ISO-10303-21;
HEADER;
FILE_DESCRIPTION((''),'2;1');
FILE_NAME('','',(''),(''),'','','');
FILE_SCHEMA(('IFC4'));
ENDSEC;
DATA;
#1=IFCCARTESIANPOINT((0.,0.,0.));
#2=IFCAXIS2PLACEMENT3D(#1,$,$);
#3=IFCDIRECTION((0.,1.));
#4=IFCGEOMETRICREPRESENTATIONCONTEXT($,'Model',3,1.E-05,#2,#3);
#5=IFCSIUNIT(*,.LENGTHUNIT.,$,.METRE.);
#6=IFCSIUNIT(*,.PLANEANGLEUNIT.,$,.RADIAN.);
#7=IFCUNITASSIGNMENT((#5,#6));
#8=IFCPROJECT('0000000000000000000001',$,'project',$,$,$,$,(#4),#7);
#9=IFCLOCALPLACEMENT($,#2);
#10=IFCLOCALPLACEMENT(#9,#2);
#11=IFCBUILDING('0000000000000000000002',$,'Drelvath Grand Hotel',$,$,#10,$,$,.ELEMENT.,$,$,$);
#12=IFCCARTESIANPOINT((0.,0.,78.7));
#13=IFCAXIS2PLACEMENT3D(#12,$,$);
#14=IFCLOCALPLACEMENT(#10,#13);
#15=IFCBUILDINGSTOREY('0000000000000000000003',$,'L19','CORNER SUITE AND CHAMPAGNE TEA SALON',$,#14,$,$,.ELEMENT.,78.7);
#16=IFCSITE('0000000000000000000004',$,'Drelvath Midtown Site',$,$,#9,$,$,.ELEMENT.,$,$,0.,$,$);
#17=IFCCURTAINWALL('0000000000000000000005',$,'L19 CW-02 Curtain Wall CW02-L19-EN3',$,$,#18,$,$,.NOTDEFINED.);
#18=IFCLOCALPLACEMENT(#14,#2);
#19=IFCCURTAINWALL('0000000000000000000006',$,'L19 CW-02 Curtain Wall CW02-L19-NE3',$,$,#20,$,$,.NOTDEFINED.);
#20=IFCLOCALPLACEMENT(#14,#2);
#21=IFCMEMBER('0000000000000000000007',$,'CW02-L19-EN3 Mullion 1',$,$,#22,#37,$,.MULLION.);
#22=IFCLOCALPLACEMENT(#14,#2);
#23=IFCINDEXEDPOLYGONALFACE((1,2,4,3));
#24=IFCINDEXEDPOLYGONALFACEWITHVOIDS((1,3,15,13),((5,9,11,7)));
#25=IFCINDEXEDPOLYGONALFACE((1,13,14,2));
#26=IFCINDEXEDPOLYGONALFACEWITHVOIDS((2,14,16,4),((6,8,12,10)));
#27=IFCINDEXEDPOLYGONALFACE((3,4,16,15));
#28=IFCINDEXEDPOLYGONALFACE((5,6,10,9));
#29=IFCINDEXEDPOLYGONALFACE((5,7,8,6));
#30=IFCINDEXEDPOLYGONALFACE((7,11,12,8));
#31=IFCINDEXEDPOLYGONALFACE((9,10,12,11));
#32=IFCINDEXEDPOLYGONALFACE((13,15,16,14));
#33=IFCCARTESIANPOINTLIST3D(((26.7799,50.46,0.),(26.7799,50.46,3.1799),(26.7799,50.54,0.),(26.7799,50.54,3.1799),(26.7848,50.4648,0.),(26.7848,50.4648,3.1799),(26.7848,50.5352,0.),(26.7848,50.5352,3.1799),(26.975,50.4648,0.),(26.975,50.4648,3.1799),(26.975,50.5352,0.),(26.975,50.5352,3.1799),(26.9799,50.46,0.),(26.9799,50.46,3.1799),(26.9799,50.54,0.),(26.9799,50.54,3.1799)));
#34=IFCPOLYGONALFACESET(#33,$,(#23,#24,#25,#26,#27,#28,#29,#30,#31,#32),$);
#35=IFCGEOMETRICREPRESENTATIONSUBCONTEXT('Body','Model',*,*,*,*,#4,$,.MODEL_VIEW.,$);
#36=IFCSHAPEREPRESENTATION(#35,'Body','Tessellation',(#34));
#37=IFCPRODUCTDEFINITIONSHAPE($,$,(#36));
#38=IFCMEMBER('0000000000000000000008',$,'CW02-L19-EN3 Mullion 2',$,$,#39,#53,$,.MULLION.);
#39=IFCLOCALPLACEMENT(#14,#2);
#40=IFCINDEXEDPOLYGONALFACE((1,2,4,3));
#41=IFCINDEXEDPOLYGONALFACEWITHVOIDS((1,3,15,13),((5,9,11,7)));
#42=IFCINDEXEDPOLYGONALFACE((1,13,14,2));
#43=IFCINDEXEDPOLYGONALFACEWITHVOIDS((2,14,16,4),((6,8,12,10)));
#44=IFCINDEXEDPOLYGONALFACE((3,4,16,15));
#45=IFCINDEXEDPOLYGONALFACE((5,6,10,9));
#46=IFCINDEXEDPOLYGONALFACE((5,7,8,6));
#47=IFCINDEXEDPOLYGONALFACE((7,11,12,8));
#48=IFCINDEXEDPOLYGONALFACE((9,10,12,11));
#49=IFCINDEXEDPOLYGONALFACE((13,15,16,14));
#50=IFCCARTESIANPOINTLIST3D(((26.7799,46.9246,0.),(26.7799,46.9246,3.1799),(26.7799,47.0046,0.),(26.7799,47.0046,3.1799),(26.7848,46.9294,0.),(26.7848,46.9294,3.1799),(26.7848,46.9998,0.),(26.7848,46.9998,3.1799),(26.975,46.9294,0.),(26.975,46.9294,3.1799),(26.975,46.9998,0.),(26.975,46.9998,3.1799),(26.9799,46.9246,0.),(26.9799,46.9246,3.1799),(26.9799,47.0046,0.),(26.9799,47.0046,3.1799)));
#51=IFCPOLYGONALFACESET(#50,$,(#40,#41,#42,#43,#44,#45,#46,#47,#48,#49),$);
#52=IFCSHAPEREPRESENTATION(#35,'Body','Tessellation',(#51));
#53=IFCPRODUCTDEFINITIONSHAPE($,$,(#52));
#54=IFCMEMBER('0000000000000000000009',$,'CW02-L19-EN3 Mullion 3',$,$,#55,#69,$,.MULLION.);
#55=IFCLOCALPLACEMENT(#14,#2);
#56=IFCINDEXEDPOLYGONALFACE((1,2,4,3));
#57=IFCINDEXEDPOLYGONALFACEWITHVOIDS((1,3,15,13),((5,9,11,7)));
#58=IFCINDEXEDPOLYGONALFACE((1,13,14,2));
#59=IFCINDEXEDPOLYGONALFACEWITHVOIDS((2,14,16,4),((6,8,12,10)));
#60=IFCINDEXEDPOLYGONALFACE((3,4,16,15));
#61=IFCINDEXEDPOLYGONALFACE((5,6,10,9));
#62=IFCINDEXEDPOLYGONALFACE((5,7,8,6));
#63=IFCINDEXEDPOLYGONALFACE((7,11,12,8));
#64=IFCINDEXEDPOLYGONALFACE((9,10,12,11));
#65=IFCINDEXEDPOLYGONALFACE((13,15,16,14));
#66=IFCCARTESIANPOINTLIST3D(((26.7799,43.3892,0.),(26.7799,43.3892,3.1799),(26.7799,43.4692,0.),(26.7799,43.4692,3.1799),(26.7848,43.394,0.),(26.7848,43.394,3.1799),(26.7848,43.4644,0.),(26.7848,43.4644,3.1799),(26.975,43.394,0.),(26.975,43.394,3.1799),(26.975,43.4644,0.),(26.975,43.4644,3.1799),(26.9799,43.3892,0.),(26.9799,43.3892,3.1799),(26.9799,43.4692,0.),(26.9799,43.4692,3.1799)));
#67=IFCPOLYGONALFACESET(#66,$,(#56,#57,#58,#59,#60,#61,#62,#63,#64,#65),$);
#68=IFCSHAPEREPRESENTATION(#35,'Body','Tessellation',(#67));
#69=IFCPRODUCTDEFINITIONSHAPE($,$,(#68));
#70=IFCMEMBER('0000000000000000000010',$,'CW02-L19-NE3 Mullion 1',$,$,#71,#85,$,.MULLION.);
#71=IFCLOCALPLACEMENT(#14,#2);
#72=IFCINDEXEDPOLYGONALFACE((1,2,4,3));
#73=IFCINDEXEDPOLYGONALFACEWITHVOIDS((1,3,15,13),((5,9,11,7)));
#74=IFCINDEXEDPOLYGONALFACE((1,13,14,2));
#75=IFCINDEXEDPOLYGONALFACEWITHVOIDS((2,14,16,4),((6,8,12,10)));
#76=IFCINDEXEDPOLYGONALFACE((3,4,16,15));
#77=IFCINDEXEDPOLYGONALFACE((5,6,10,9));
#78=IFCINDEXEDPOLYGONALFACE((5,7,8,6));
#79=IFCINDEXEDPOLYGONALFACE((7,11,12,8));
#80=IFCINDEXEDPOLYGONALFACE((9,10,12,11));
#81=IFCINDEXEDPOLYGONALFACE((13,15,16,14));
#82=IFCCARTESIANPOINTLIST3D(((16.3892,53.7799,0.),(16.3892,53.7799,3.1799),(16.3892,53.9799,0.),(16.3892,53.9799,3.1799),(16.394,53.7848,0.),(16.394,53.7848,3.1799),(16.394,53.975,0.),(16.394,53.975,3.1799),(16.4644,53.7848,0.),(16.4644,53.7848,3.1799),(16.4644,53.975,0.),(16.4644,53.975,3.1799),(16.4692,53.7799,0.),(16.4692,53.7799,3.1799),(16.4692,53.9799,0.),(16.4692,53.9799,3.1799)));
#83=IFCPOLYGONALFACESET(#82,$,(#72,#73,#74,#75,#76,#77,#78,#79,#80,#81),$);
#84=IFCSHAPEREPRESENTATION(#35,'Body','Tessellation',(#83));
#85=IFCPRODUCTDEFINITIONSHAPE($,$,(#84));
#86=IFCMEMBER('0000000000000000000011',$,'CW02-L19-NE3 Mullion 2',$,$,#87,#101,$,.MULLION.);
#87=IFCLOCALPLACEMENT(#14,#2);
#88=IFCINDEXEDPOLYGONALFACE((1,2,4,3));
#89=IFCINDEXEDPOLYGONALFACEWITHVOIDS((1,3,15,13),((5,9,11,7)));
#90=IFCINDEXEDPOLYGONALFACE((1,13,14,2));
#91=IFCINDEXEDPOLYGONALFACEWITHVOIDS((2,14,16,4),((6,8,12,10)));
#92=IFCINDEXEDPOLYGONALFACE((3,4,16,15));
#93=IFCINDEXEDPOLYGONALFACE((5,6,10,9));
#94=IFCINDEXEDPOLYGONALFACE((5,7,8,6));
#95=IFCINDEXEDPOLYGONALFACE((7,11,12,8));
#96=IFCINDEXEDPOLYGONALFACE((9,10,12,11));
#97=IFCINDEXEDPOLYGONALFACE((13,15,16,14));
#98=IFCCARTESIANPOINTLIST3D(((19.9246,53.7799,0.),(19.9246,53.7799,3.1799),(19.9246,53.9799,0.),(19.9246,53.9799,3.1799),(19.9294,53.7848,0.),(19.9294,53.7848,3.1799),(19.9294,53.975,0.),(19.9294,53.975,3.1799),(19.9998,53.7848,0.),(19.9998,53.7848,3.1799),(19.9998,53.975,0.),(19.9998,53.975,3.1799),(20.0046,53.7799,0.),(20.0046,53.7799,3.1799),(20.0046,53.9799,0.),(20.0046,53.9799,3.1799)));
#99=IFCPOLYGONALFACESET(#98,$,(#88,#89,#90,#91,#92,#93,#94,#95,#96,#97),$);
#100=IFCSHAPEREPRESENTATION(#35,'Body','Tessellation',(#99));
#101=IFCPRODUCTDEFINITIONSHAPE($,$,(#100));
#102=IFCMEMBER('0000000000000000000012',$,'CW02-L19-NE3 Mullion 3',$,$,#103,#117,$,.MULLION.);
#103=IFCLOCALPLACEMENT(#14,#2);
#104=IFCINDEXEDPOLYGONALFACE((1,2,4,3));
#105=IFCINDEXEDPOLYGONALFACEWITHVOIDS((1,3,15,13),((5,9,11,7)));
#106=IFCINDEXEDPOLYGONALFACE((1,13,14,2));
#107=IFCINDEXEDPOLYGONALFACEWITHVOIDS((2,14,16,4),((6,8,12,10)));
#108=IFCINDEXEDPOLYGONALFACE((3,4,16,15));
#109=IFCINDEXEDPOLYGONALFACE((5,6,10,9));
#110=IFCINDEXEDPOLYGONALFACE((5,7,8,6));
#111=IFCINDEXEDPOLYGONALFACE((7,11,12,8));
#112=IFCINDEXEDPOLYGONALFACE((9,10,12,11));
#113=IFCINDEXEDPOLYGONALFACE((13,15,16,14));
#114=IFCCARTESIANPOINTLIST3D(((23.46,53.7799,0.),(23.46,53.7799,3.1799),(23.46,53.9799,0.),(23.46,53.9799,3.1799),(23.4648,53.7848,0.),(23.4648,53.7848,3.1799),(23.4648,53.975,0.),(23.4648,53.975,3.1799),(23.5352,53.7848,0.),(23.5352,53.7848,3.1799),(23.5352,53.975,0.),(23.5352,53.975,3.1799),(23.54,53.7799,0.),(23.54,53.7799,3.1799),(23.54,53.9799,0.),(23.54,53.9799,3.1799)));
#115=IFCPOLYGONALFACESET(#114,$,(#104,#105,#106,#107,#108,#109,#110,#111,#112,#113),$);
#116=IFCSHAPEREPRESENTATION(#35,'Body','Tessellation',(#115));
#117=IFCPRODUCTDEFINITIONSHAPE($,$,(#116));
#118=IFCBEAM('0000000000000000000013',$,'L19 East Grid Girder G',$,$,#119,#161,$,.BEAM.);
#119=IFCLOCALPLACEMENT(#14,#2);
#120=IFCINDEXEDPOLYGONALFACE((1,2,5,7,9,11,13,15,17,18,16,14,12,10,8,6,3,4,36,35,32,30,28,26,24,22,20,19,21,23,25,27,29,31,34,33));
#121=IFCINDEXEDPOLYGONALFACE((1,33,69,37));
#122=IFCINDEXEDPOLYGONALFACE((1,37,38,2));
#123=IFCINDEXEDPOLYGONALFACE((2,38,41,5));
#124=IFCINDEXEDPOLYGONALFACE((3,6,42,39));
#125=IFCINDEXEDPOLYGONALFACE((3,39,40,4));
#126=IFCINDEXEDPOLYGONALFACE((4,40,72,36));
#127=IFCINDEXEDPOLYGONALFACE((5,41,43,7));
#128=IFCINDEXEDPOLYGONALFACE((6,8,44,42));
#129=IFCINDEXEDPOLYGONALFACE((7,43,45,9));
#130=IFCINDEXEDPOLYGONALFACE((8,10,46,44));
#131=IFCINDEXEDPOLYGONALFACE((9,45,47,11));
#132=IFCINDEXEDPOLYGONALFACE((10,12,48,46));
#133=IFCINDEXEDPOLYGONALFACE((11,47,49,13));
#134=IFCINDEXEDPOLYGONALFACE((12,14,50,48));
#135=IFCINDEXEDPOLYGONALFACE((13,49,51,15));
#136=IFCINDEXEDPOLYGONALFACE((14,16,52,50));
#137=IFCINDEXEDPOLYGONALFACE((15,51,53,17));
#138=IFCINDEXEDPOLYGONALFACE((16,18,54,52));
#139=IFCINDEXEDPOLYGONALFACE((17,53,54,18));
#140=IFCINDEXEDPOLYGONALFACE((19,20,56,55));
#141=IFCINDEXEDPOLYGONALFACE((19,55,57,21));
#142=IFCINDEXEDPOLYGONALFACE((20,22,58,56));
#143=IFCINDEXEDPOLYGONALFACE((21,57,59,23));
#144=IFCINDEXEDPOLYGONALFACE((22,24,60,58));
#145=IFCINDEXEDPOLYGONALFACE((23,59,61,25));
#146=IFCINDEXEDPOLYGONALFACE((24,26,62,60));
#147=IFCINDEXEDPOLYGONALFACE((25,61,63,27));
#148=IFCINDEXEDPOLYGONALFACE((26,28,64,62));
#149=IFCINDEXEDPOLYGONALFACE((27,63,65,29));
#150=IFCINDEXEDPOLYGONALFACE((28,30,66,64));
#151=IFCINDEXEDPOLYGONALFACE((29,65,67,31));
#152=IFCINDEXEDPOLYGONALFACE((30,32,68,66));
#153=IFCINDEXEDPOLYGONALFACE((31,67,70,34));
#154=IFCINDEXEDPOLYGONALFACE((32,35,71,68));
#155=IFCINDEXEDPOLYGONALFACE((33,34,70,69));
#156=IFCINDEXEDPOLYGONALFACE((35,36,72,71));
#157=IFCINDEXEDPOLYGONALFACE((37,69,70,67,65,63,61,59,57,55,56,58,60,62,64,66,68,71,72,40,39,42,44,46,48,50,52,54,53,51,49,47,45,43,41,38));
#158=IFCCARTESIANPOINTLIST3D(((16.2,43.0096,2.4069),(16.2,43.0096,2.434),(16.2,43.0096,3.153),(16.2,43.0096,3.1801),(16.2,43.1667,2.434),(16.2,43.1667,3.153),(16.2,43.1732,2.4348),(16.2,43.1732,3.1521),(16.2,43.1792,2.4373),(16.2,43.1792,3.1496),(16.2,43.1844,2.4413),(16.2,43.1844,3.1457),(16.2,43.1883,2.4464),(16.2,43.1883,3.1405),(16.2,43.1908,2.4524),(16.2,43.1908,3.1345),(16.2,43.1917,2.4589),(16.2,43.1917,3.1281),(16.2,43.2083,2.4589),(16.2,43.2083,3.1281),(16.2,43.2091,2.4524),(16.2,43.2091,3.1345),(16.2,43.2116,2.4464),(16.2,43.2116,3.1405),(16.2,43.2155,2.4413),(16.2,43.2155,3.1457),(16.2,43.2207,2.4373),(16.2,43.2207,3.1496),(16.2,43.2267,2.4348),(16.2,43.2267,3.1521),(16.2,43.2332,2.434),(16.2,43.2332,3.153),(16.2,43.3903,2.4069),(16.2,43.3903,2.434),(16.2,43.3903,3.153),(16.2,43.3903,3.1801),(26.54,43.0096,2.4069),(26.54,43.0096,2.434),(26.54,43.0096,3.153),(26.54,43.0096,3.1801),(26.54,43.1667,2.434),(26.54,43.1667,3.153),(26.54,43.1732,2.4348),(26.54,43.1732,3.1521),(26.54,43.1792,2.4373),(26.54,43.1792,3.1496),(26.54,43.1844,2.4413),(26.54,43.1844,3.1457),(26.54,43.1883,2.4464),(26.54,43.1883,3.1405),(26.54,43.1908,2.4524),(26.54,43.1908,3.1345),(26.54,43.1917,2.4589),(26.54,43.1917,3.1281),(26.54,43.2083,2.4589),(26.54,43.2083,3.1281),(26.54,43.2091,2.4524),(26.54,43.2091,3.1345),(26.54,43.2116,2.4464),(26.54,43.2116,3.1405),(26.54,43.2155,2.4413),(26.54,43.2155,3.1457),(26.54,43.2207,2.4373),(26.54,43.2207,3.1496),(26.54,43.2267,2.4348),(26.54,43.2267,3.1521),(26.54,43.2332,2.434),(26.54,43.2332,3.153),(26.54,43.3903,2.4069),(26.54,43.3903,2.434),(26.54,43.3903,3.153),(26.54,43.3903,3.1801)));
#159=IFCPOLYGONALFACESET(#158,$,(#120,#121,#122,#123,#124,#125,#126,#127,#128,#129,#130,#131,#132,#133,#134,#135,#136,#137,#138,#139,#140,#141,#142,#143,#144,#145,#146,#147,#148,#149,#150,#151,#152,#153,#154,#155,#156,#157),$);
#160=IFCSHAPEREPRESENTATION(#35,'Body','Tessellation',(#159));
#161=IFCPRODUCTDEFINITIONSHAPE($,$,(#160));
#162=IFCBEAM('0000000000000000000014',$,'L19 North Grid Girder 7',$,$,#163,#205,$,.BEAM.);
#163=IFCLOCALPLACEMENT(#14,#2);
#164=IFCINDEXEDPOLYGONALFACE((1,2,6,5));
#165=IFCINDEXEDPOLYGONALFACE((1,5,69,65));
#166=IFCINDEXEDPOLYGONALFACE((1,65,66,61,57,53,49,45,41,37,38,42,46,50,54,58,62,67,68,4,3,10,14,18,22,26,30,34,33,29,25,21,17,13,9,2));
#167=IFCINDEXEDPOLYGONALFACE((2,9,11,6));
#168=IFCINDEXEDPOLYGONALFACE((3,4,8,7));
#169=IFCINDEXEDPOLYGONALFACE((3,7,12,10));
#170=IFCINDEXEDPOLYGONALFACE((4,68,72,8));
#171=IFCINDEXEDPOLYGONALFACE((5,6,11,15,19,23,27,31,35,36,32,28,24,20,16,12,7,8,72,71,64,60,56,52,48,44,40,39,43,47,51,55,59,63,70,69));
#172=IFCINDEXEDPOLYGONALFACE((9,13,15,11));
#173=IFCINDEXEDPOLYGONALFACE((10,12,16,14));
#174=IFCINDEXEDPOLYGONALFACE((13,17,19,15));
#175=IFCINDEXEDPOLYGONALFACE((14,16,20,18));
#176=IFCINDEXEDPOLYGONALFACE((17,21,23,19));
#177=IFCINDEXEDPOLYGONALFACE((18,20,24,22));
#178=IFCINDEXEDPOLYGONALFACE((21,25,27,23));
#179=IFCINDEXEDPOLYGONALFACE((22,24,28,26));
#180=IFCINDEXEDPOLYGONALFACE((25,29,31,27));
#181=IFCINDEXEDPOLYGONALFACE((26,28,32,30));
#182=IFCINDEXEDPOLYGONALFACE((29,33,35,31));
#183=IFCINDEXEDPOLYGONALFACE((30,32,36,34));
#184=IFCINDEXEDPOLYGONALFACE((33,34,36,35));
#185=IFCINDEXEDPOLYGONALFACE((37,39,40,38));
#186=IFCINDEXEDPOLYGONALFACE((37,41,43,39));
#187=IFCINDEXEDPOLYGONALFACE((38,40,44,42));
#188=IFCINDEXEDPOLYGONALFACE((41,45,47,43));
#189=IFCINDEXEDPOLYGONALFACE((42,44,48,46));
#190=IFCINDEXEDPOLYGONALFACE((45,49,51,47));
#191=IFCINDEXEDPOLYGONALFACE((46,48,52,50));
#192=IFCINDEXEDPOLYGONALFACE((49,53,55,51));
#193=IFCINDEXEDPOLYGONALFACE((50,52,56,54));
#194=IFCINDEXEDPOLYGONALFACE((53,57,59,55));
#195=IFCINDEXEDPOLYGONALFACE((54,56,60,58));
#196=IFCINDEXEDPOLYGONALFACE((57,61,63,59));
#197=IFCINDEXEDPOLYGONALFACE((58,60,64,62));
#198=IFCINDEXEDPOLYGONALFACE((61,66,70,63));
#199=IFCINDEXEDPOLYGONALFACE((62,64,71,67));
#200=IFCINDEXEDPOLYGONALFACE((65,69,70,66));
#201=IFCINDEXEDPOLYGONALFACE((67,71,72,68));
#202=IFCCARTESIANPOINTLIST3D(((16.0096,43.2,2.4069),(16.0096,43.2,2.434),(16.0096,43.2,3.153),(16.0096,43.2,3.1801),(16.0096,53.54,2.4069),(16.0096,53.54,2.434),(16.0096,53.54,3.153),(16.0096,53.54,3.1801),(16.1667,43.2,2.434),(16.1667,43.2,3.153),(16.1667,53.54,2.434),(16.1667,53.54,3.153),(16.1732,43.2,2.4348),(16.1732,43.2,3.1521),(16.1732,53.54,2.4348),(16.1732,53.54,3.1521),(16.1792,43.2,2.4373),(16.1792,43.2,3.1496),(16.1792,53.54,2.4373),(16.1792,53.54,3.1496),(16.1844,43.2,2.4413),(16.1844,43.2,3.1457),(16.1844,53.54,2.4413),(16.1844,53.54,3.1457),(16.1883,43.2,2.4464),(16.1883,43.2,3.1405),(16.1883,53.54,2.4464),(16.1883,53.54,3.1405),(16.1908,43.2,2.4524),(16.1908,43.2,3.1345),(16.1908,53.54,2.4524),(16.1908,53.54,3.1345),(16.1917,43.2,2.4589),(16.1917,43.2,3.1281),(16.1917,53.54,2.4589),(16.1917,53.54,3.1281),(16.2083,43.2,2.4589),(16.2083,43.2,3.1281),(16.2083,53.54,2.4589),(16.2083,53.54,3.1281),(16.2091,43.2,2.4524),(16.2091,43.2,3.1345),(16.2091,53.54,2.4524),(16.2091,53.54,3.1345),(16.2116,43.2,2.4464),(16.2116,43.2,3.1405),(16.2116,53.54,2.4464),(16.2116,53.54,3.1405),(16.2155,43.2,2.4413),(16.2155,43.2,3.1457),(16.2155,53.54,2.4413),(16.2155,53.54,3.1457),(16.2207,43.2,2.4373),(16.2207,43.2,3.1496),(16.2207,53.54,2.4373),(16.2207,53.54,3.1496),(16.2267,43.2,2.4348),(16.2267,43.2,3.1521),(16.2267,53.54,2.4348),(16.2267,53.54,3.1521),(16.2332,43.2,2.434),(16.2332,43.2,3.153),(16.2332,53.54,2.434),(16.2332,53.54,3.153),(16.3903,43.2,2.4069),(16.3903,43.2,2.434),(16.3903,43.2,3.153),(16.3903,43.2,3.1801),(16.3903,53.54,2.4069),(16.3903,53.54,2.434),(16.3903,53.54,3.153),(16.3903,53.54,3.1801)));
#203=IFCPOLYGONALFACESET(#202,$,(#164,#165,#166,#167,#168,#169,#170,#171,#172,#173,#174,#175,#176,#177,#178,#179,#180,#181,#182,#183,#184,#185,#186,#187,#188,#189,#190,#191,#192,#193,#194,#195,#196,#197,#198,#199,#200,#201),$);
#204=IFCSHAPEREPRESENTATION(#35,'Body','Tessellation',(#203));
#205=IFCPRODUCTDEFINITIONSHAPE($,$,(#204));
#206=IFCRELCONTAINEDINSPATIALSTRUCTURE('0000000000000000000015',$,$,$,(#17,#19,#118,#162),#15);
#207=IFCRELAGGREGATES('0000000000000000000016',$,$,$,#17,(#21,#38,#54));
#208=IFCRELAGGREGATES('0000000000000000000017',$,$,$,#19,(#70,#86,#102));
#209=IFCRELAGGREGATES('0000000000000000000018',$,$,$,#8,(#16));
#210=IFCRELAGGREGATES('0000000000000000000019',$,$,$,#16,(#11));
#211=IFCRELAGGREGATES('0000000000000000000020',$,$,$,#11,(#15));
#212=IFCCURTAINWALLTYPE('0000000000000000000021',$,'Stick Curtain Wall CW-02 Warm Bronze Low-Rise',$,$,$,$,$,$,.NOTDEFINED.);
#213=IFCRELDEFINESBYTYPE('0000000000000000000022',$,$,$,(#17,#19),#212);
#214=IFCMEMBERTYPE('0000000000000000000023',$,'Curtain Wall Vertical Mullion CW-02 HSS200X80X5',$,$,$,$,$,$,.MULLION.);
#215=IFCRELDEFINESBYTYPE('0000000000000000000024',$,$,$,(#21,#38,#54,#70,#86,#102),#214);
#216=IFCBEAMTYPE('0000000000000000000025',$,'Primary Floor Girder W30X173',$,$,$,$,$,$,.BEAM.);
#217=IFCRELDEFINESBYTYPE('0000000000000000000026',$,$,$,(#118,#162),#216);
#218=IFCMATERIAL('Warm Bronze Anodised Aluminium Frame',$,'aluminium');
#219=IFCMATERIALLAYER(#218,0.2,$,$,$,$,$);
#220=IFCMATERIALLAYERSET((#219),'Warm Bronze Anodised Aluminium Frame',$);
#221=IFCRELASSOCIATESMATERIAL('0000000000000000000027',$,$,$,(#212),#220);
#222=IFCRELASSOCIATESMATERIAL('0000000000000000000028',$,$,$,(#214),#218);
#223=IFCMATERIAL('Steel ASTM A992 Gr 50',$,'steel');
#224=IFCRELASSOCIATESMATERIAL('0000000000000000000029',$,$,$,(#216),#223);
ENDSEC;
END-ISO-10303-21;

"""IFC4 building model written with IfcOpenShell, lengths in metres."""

from ifc_helpers import new_model, si_unit, direction, frame, origin, origin_2d, place, context, subcontext, project, spatial, hollow_rectangle, i_section, extrude, material, layer, layer_set, material_profile, profile_set, type_object, element, aggregate, save


model = new_model("IFC4")

# Units and contexts
model_context = context("Model", 3, precision=1e-05, world=origin(), true_north=direction((0.0, 1.0)))
body_context = subcontext(model_context, "Body", "Model", "MODEL_VIEW")
ifc_project = project(units=[si_unit("LENGTHUNIT", "METRE"), si_unit("PLANEANGLEUNIT", "RADIAN")], contexts=[model_context])

# Site, building, storey
site_placement = place(None, origin())
site = spatial("IfcSite", under=ifc_project, at=site_placement, Name="Drelvath Midtown Site", CompositionType="ELEMENT", RefElevation=0.0)
building_placement = place(site_placement, origin())
building = spatial("IfcBuilding", under=site, at=building_placement, Name="Drelvath Grand Hotel", CompositionType="ELEMENT")
storey_placement = place(building_placement, frame((0.0, 0.0, 78.7)))
storey = spatial("IfcBuildingStorey", under=building, at=storey_placement, Name="L19", Description="CORNER SUITE AND CHAMPAGNE TEA SALON", CompositionType="ELEMENT", Elevation=78.7)

# Curtain walls
ifc_material_1 = material(Name="Warm Bronze Anodised Aluminium Frame", Category="aluminium")
ifc_layer_1 = layer(ifc_material_1, 0.2)
ifc_layer_set_1 = layer_set([ifc_layer_1], Name="Warm Bronze Anodised Aluminium Frame")
curtain_wall_type = type_object("IfcCurtainWallType", Name="Stick Curtain Wall CW-02 Warm Bronze Low-Rise", PredefinedType="NOTDEFINED", material=ifc_layer_set_1)
curtain_wall_1_placement = place(storey_placement, origin())
curtain_wall_1 = element("IfcCurtainWall", 1, at=curtain_wall_1_placement, inside=storey, type_object=curtain_wall_type, Name="L19 CW-02 Curtain Wall CW02-L19-EN3", PredefinedType="NOTDEFINED")
curtain_wall_2_placement = place(storey_placement, origin())
curtain_wall_2 = element("IfcCurtainWall", 2, at=curtain_wall_2_placement, inside=storey, type_object=curtain_wall_type, Name="L19 CW-02 Curtain Wall CW02-L19-NE3", PredefinedType="NOTDEFINED")

# Members
ifc_material_profile_1 = material_profile(ifc_material_1, hollow_rectangle(XDim=0.0801, YDim=0.2, WallThickness=0.0049, at=origin_2d()), Name="HSS200X80X5")
ifc_profile_set_1 = profile_set([ifc_material_profile_1], Name="Warm Bronze Anodised Aluminium Frame")
member_type_1 = type_object("IfcMemberType", Name="Curtain Wall Vertical Mullion CW-02 HSS200X80X5", PredefinedType="MULLION", material=ifc_profile_set_1)
member_1_placement = place(storey_placement, frame((26.8799, 50.5, 0.0), z_axis=(0.0, 0.0, 1.0), x_axis=(0.0, 1.0, 0.0)))
member_1 = element("IfcMember", 3, at=member_1_placement, type_object=member_type_1, Name="CW02-L19-EN3 Mullion 1", PredefinedType="MULLION", context=body_context, shape_type="SweptSolid", body=[
    extrude(hollow_rectangle(XDim=0.0801, YDim=0.2, WallThickness=0.0049, at=origin_2d()), origin(), (0.0, 0.0, 1.0), 3.1799),
])
member_2_placement = place(storey_placement, frame((26.8799, 46.9646, 0.0), z_axis=(0.0, 0.0, 1.0), x_axis=(0.0, 1.0, 0.0)))
member_2 = element("IfcMember", 4, at=member_2_placement, type_object=member_type_1, Name="CW02-L19-EN3 Mullion 2", PredefinedType="MULLION", context=body_context, shape_type="SweptSolid", body=[
    extrude(hollow_rectangle(XDim=0.0801, YDim=0.2, WallThickness=0.0049, at=origin_2d()), origin(), (0.0, 0.0, 1.0), 3.1799),
])
member_3_placement = place(storey_placement, frame((26.8799, 43.4292, 0.0), z_axis=(0.0, 0.0, 1.0), x_axis=(0.0, 1.0, 0.0)))
member_3 = element("IfcMember", 5, at=member_3_placement, type_object=member_type_1, Name="CW02-L19-EN3 Mullion 3", PredefinedType="MULLION", context=body_context, shape_type="SweptSolid", body=[
    extrude(hollow_rectangle(XDim=0.0801, YDim=0.2, WallThickness=0.0049, at=origin_2d()), origin(), (0.0, 0.0, 1.0), 3.1799),
])
member_4_placement = place(storey_placement, frame((16.4292, 53.8799, 0.0), z_axis=(0.0, 0.0, 1.0), x_axis=(1.0, 0.0, 0.0)))
member_4 = element("IfcMember", 6, at=member_4_placement, type_object=member_type_1, Name="CW02-L19-NE3 Mullion 1", PredefinedType="MULLION", context=body_context, shape_type="SweptSolid", body=[
    extrude(hollow_rectangle(XDim=0.0801, YDim=0.2, WallThickness=0.0049, at=origin_2d()), origin(), (0.0, 0.0, 1.0), 3.1799),
])
member_5_placement = place(storey_placement, frame((19.9646, 53.8799, 0.0), z_axis=(0.0, 0.0, 1.0), x_axis=(1.0, 0.0, 0.0)))
member_5 = element("IfcMember", 7, at=member_5_placement, type_object=member_type_1, Name="CW02-L19-NE3 Mullion 2", PredefinedType="MULLION", context=body_context, shape_type="SweptSolid", body=[
    extrude(hollow_rectangle(XDim=0.0801, YDim=0.2, WallThickness=0.0049, at=origin_2d()), origin(), (0.0, 0.0, 1.0), 3.1799),
])
member_6_placement = place(storey_placement, frame((23.5, 53.8799, 0.0), z_axis=(0.0, 0.0, 1.0), x_axis=(1.0, 0.0, 0.0)))
member_6 = element("IfcMember", 8, at=member_6_placement, type_object=member_type_1, Name="CW02-L19-NE3 Mullion 3", PredefinedType="MULLION", context=body_context, shape_type="SweptSolid", body=[
    extrude(hollow_rectangle(XDim=0.0801, YDim=0.2, WallThickness=0.0049, at=origin_2d()), origin(), (0.0, 0.0, 1.0), 3.1799),
])

# Beams
ifc_material_2 = material(Name="Steel ASTM A992 Gr 50", Category="steel")
ifc_material_profile_2 = material_profile(ifc_material_2, i_section(OverallWidth=0.3806, OverallDepth=0.7732, WebThickness=0.0166, FlangeThickness=0.0271, FilletRadius=0.0249, at=origin_2d()), Name="W30X173")
ifc_profile_set_2 = profile_set([ifc_material_profile_2], Name="Steel ASTM A992 Gr 50")
beam_type = type_object("IfcBeamType", Name="Primary Floor Girder W30X173", PredefinedType="BEAM", material=ifc_profile_set_2)
for number, where, z_axis, x_axis, name in (
    (9, (16.2, 43.2, 2.7935), (1.0, 0.0, 0.0), (0.0, 1.0, 0.0), "L19 East Grid Girder G"),
    (10, (16.2, 43.2, 2.7935), (0.0, 1.0, 0.0), (-1.0, 0.0, 0.0), "L19 North Grid Girder 7"),
):
    element("IfcBeam", number, at=place(storey_placement, frame(where, z_axis=z_axis, x_axis=x_axis)), inside=storey, type_object=beam_type, Name=name, PredefinedType="BEAM", context=body_context, shape_type="SweptSolid", body=[
        extrude(i_section(OverallWidth=0.3806, OverallDepth=0.7732, WebThickness=0.0166, FlangeThickness=0.0271, FilletRadius=0.0249, at=origin_2d()), origin(), (0.0, 0.0, 1.0), 10.3401),
    ])

aggregate(curtain_wall_1, [member_1, member_2, member_3])
aggregate(curtain_wall_2, [member_4, member_5, member_6])

save(model, "model.ifc")
